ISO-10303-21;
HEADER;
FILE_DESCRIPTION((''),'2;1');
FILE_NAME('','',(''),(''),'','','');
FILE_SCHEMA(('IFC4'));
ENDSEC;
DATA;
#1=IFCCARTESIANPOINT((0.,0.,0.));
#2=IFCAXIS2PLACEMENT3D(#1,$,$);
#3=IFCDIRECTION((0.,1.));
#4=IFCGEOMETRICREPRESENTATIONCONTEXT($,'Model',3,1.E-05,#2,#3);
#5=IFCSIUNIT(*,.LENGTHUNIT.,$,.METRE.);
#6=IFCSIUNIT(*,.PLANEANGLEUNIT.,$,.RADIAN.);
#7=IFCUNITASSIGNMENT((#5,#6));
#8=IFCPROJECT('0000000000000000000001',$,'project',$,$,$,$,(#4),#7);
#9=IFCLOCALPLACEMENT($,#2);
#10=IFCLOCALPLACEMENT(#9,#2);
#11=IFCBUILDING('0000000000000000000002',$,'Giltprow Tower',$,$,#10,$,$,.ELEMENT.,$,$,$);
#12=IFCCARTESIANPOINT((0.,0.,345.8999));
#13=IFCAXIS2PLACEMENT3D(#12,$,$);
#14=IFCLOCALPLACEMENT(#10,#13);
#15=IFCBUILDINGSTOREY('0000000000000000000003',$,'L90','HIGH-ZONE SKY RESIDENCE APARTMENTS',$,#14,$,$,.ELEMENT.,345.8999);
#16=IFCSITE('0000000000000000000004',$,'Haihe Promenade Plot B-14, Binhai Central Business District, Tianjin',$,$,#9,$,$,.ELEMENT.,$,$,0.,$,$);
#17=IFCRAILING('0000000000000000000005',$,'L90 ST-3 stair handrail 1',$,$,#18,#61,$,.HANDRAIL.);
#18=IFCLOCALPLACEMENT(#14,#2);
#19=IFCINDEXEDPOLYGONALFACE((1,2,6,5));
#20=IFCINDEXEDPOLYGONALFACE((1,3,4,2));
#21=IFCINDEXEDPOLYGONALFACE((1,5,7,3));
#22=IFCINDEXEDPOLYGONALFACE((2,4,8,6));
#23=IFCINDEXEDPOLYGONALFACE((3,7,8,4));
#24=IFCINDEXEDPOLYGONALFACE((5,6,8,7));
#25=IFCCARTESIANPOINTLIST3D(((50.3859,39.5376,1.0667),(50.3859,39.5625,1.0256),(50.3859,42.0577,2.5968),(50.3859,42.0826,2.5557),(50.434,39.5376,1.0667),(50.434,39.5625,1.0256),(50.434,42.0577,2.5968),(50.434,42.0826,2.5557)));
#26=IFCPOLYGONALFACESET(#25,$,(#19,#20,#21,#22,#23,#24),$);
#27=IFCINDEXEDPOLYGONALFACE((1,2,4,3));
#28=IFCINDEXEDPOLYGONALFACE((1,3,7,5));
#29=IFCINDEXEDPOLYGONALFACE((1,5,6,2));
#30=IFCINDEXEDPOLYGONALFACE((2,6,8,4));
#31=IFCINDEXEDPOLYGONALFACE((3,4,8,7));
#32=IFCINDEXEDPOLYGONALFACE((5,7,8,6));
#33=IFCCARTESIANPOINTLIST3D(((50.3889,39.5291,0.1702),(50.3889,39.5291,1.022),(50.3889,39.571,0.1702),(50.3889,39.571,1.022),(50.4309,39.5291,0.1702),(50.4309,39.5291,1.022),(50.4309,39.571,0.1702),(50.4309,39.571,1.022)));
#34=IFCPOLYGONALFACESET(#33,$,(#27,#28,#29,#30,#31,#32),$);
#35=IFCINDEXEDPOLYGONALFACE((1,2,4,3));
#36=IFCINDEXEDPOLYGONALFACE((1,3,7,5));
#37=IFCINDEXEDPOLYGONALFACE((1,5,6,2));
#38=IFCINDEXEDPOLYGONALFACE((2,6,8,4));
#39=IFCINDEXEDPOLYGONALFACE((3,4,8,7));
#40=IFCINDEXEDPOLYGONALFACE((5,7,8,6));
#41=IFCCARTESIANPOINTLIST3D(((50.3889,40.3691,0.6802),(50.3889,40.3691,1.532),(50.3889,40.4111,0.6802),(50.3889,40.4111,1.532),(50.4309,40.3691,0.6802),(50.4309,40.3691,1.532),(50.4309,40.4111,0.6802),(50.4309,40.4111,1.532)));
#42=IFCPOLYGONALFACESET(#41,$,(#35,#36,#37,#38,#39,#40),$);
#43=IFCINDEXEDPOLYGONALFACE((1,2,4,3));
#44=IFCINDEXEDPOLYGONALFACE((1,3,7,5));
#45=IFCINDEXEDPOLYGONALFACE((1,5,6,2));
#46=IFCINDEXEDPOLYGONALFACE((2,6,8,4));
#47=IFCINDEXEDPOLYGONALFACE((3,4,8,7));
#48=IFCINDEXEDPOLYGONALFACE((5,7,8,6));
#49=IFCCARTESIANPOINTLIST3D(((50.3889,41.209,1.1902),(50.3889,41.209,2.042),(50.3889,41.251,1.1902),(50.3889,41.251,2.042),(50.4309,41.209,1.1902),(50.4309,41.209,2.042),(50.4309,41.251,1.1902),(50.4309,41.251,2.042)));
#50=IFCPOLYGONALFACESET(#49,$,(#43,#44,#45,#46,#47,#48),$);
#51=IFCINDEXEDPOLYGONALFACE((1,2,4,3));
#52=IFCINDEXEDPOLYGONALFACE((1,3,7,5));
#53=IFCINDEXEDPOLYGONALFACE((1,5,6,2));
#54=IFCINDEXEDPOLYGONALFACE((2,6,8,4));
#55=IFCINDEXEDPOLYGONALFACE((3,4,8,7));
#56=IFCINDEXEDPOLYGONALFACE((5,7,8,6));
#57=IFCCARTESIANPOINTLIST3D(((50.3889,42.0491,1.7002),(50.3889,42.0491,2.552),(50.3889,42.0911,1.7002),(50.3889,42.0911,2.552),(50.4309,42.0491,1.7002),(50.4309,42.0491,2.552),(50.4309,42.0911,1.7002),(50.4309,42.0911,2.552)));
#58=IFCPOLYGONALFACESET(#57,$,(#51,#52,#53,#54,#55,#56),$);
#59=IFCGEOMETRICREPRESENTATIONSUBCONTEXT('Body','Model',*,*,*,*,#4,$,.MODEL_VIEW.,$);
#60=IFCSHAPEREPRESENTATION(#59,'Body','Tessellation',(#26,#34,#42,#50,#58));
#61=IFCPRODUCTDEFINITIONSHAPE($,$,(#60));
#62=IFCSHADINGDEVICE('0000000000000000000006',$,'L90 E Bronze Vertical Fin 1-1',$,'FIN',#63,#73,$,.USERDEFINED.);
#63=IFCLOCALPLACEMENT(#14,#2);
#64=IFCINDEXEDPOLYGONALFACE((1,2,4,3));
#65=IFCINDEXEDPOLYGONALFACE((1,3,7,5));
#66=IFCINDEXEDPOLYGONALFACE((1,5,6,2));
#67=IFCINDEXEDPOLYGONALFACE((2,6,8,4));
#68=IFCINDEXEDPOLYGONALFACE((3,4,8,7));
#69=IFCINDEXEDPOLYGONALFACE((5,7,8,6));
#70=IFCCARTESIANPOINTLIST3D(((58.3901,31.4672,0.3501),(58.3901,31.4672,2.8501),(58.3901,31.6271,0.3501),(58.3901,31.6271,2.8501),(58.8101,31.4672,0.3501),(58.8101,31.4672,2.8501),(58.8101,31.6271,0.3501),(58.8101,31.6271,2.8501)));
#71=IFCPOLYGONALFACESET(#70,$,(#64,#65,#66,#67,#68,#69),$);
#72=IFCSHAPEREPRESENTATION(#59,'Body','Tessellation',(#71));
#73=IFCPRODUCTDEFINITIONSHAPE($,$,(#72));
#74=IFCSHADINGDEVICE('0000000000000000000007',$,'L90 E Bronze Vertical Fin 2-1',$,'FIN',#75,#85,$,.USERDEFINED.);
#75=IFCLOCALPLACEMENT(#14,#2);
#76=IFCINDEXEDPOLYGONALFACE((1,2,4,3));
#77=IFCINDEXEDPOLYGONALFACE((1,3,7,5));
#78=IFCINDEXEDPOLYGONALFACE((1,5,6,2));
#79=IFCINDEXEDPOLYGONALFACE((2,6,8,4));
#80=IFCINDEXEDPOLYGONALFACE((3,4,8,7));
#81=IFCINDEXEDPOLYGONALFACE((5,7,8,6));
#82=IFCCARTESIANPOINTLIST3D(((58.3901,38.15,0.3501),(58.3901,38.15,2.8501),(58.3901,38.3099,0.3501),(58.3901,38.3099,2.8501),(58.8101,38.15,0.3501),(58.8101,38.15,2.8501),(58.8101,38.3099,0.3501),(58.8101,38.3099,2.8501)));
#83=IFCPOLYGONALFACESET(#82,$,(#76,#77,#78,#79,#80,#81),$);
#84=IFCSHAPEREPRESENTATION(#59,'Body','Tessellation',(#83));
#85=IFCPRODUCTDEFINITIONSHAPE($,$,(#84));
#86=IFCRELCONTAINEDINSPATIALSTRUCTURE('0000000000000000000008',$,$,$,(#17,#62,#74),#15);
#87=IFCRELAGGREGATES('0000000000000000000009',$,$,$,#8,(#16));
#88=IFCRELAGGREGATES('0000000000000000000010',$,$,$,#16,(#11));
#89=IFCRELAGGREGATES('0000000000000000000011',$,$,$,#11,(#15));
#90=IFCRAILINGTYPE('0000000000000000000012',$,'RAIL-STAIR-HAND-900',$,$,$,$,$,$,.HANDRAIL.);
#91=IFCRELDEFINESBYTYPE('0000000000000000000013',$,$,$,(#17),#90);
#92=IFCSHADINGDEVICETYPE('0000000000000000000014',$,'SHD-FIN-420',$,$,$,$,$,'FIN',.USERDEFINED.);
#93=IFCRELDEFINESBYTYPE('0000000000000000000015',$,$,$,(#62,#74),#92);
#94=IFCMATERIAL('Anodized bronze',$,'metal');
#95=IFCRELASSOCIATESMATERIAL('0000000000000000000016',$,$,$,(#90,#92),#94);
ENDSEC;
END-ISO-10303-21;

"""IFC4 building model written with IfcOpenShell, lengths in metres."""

from ifc_helpers import new_model, si_unit, direction, frame, origin, origin_2d, place, context, subcontext, project, spatial, rectangle, extrude, source, transform, mapped, material, type_object, element, save


model = new_model("IFC4")

# Units and contexts
model_context = context("Model", 3, precision=1e-05, world=origin(), true_north=direction((0.0, 1.0)))
body_context = subcontext(model_context, "Body", "Model", "MODEL_VIEW")
ifc_project = project(units=[si_unit("LENGTHUNIT", "METRE"), si_unit("PLANEANGLEUNIT", "RADIAN")], contexts=[model_context])

# Site, building, storey
site_placement = place(None, origin())
site = spatial("IfcSite", under=ifc_project, at=site_placement, Name="Haihe Promenade Plot B-14, Binhai Central Business District, Tianjin", CompositionType="ELEMENT", RefElevation=0.0)
building_placement = place(site_placement, origin())
building = spatial("IfcBuilding", under=site, at=building_placement, Name="Giltprow Tower", CompositionType="ELEMENT")
storey_placement = place(building_placement, frame((0.0, 0.0, 345.8999)))
storey = spatial("IfcBuildingStorey", under=building, at=storey_placement, Name="L90", Description="HIGH-ZONE SKY RESIDENCE APARTMENTS", CompositionType="ELEMENT", Elevation=345.8999)

# Railing
ifc_material_1 = material(Name="Anodized bronze", Category="metal")
railing_type = type_object("IfcRailingType", Name="RAIL-STAIR-HAND-900", PredefinedType="HANDRAIL", material=ifc_material_1)
railing_placement = place(storey_placement, frame((50.4099, 39.55, 0.1702)))
element("IfcRailing", 1, at=railing_placement, inside=storey, type_object=railing_type, Name="L90 ST-3 stair handrail 1", PredefinedType="HANDRAIL", context=body_context, shape_type="SweptSolid", body=[
    extrude(rectangle(XDim=0.0481, YDim=0.0481, at=origin_2d()), frame((0.0, 0.0, 0.876), z_axis=(0.0, 0.854785, 0.518982), x_axis=(-1.0, 0.0, 0.0)), (0.0, 0.0, 1.0), 2.9482),
    extrude(rectangle(XDim=0.042, YDim=0.042, at=origin_2d()), origin(), (0.0, 0.0, 1.0), 0.8518),
    extrude(rectangle(XDim=0.042, YDim=0.042, at=origin_2d()), frame((0.0, 0.8401, 0.51)), (0.0, 0.0, 1.0), 0.8518),
    extrude(rectangle(XDim=0.042, YDim=0.042, at=origin_2d()), frame((0.0, 1.6799, 1.02)), (0.0, 0.0, 1.0), 0.8518),
    extrude(rectangle(XDim=0.042, YDim=0.042, at=origin_2d()), frame((0.0, 2.52, 1.53)), (0.0, 0.0, 1.0), 0.8518),
])

# Shading devices
shading_device_type = type_object("IfcShadingDeviceType", Name="SHD-FIN-420", ElementType="FIN", PredefinedType="USERDEFINED", material=ifc_material_1)
shared_shape_1 = source(origin(), body_context, "Body", "SweptSolid", [
    extrude(rectangle(XDim=0.4199, YDim=0.1599, at=origin_2d()), origin(), (0.0, 0.0, 1.0), 2.5),
])
for number, where, z_axis, x_axis, name in (
    (2, (58.6001, 31.5471, 0.3501), (0.0, 0.0, 1.0), (1.0, 0.0, 0.0), "L90 E Bronze Vertical Fin 1-1"),
    (3, (58.6001, 38.23, 0.3501), (0.0, 0.0, 1.0), (1.0, 0.0, 0.0), "L90 E Bronze Vertical Fin 2-1"),
):
    element("IfcShadingDevice", number, at=place(storey_placement, frame(where, z_axis=z_axis, x_axis=x_axis)), inside=storey, type_object=shading_device_type, Name=name, ObjectType="FIN", PredefinedType="USERDEFINED", context=body_context, shape_type="MappedRepresentation", body=[
        mapped(shared_shape_1, transform((0.0, 0.0, 0.0), x_axis=(1.0, 0.0, 0.0), y_axis=(0.0, 1.0, 0.0), z_axis=(0.0, 0.0, 1.0), scale=1.0)),
    ])

save(model, "model.ifc")
